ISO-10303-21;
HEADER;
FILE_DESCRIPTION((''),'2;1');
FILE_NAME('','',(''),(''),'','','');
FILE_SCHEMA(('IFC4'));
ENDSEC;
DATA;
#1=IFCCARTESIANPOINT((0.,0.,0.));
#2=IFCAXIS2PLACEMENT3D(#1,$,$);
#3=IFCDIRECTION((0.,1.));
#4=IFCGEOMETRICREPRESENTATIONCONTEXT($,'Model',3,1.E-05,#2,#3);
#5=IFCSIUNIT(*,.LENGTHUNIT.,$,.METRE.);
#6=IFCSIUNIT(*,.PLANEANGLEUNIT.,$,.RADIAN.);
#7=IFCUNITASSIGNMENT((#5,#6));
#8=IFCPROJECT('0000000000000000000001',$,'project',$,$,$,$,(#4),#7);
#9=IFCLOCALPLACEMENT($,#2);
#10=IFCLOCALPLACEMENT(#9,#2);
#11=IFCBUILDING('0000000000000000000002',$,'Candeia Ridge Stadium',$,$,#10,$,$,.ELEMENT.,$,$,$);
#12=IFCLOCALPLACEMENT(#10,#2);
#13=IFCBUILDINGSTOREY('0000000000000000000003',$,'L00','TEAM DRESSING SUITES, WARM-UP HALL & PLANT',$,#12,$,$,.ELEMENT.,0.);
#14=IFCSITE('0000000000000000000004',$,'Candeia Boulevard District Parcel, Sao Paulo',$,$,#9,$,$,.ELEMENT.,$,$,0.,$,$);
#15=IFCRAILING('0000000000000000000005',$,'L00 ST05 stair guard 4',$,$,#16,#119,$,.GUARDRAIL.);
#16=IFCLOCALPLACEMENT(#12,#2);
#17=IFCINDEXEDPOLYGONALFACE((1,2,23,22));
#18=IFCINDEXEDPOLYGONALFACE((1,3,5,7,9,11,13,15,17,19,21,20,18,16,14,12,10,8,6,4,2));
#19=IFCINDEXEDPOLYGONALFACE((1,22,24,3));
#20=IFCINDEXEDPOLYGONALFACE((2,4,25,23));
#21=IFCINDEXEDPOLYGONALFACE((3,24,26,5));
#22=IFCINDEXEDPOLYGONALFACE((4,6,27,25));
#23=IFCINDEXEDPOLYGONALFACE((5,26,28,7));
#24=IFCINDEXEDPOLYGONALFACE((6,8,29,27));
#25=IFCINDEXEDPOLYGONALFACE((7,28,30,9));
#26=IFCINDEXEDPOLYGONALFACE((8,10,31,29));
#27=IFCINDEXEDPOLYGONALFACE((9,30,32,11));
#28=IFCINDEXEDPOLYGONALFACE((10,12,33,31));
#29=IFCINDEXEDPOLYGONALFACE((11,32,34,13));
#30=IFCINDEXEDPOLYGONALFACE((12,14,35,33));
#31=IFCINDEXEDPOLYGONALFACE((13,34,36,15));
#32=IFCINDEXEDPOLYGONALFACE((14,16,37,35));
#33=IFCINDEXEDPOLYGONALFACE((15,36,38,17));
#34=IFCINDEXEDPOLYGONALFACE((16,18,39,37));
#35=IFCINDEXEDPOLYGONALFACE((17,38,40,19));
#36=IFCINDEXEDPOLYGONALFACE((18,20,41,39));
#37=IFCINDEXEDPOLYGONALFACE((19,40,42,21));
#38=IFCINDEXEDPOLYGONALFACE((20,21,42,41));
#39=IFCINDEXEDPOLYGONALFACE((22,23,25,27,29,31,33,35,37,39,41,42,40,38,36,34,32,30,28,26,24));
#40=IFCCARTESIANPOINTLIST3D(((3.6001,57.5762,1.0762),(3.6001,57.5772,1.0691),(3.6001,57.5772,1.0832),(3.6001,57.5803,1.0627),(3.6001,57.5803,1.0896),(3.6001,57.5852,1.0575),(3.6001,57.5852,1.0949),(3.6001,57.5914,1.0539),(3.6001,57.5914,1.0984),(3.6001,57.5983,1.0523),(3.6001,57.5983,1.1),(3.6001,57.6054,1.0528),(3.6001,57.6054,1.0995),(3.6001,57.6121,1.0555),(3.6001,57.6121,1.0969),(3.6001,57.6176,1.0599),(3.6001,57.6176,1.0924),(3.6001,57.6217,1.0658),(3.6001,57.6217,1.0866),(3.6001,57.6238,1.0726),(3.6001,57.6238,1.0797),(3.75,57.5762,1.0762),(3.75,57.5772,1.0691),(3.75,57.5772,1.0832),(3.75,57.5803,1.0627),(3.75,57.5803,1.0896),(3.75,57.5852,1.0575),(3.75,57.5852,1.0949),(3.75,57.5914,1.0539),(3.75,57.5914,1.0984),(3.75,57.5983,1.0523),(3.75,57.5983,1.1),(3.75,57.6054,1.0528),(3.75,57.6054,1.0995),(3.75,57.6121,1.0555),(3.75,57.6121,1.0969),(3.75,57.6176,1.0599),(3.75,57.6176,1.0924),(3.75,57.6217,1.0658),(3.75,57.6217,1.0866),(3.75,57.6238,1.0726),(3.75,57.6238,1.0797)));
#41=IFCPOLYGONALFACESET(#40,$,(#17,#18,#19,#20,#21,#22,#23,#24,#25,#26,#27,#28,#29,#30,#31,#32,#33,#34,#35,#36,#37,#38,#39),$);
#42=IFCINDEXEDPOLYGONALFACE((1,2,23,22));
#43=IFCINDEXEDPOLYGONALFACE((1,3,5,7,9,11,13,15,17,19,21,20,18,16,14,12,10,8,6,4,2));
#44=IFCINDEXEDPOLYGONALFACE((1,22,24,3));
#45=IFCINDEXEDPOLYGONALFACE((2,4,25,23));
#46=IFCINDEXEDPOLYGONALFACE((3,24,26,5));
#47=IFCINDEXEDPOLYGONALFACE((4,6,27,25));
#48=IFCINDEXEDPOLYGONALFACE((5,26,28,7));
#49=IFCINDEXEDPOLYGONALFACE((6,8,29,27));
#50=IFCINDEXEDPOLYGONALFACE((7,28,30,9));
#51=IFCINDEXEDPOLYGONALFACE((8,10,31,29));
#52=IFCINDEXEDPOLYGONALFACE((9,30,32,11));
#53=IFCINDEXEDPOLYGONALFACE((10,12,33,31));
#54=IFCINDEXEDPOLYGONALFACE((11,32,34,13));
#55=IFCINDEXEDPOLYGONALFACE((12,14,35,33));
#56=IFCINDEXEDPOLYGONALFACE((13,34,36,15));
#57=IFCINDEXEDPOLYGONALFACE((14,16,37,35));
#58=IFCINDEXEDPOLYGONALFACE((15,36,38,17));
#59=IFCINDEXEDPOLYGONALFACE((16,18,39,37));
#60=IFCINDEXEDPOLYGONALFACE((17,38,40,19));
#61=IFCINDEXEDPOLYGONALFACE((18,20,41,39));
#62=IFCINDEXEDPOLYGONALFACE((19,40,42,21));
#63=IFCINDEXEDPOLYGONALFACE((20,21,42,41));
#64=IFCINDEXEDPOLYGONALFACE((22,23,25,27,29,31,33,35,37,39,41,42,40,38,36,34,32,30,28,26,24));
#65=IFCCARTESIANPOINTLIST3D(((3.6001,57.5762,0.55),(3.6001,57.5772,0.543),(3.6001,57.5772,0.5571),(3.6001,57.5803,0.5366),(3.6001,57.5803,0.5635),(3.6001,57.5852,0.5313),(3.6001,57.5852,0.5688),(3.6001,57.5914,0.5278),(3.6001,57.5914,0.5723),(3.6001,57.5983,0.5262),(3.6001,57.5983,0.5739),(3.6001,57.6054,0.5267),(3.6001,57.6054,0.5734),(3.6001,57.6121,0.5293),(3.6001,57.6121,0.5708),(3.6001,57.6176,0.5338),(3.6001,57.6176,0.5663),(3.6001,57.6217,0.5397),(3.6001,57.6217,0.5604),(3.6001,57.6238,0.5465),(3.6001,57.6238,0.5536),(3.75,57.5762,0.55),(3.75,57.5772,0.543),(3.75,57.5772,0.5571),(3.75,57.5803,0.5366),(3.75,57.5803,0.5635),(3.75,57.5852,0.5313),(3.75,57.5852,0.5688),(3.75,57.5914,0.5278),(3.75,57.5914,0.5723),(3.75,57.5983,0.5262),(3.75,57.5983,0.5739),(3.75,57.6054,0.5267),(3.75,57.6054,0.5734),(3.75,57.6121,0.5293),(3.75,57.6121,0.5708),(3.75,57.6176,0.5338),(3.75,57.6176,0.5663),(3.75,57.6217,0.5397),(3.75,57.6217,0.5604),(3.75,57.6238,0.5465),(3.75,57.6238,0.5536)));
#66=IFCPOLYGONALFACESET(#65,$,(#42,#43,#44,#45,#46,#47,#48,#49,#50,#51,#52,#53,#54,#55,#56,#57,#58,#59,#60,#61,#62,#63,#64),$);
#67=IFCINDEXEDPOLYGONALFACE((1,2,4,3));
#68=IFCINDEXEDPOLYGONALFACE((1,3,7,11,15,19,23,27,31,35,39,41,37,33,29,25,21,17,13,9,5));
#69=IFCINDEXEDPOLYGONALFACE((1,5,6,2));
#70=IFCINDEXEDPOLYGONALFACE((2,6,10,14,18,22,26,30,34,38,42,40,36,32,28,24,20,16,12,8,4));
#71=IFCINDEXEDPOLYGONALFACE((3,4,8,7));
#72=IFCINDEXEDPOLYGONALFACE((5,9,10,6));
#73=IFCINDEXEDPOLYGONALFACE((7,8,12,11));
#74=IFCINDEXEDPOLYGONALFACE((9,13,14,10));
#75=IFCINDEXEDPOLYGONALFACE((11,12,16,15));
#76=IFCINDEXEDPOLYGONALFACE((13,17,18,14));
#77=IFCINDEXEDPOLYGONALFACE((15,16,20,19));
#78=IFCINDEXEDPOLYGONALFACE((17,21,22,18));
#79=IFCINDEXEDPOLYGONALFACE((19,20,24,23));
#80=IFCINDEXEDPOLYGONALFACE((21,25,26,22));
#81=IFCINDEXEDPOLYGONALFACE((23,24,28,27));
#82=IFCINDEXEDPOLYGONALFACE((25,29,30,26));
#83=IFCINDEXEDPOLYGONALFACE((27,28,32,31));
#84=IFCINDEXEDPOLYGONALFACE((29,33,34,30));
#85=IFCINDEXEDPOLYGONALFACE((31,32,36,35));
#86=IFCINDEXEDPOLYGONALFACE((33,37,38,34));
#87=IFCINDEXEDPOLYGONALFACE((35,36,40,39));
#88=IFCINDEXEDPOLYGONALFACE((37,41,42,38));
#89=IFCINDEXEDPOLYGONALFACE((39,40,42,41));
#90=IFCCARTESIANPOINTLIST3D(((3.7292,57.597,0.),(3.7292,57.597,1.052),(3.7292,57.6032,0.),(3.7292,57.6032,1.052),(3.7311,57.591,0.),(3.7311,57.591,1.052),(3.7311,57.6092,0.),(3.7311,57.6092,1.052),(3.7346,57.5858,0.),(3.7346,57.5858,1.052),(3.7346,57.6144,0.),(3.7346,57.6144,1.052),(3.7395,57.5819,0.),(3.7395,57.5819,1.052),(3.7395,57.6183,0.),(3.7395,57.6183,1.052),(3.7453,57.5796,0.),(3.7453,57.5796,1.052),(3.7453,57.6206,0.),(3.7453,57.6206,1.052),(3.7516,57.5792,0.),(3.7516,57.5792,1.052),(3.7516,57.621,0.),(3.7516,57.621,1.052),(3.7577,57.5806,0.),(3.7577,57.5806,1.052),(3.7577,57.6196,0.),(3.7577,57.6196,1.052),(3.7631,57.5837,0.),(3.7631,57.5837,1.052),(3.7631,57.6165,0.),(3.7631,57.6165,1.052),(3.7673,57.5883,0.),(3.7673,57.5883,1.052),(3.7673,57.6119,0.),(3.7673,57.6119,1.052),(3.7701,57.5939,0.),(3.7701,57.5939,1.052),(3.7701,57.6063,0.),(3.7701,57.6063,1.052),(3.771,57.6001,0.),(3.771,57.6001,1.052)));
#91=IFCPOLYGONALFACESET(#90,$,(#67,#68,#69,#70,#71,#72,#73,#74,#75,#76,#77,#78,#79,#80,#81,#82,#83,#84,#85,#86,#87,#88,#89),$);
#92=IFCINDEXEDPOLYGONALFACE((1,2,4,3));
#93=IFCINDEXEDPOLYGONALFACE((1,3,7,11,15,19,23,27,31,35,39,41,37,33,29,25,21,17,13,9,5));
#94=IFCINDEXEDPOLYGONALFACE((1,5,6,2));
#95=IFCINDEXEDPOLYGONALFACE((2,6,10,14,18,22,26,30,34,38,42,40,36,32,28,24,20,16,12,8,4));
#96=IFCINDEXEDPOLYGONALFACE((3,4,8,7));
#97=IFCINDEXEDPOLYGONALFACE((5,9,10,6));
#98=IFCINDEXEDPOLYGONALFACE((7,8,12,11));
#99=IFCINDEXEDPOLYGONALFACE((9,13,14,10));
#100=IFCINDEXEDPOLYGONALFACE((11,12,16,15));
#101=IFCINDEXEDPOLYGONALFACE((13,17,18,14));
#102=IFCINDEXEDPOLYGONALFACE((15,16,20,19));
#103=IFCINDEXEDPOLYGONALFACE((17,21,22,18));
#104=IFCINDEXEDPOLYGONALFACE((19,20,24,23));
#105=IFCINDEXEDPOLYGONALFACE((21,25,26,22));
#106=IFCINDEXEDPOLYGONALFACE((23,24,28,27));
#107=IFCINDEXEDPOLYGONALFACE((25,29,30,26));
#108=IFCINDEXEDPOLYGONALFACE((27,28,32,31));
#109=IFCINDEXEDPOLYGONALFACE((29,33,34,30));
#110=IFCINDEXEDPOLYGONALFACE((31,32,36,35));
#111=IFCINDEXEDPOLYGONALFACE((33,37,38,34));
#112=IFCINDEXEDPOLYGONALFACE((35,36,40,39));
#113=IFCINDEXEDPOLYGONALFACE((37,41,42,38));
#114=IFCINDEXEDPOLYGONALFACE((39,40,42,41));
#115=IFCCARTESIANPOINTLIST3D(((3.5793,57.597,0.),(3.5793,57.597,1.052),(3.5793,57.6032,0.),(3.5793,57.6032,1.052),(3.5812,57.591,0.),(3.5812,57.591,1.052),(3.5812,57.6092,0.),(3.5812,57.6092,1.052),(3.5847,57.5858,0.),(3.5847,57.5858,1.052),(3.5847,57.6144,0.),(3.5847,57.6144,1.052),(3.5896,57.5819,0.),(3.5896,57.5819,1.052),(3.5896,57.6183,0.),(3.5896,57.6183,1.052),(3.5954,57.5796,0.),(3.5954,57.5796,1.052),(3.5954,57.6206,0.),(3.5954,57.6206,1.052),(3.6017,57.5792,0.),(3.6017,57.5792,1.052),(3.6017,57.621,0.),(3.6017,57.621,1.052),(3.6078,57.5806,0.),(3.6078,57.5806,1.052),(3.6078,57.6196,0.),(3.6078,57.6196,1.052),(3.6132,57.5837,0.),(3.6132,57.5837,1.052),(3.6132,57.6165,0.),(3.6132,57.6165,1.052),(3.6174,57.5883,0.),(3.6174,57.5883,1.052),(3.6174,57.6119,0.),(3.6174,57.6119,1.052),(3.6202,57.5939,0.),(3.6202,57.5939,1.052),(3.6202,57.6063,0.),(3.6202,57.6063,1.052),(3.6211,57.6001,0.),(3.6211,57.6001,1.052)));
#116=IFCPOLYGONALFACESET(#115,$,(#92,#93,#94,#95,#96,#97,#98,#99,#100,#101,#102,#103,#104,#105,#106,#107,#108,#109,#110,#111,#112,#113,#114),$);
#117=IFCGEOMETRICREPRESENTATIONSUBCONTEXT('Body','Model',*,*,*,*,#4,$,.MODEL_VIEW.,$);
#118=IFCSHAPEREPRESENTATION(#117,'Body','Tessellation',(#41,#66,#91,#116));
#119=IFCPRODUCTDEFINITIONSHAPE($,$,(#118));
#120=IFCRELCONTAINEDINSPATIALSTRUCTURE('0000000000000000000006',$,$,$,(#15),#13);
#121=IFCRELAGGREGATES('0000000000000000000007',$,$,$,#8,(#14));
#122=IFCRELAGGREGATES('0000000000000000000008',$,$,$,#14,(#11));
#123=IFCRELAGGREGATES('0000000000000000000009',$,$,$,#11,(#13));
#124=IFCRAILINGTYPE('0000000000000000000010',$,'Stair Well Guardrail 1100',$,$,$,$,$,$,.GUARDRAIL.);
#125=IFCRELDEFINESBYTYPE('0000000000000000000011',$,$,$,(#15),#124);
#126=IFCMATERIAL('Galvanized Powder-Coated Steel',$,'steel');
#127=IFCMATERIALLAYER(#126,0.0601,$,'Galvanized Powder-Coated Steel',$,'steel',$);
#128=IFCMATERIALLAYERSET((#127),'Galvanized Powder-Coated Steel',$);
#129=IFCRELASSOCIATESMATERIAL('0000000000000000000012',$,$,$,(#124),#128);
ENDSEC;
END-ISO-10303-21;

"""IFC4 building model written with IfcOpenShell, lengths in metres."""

from ifc_helpers import new_model, si_unit, direction, frame, origin, origin_2d, place, context, subcontext, project, spatial, circle, extrude, material, layer, layer_set, type_object, element, save


model = new_model("IFC4")

# Units and contexts
model_context = context("Model", 3, precision=1e-05, world=origin(), true_north=direction((0.0, 1.0)))
body_context = subcontext(model_context, "Body", "Model", "MODEL_VIEW")
ifc_project = project(units=[si_unit("LENGTHUNIT", "METRE"), si_unit("PLANEANGLEUNIT", "RADIAN")], contexts=[model_context])

# Site, building, storey
site_placement = place(None, origin())
site = spatial("IfcSite", under=ifc_project, at=site_placement, Name="Candeia Boulevard District Parcel, Sao Paulo", CompositionType="ELEMENT", RefElevation=0.0)
building_placement = place(site_placement, origin())
building = spatial("IfcBuilding", under=site, at=building_placement, Name="Candeia Ridge Stadium", CompositionType="ELEMENT")
storey_placement = place(building_placement, origin())
storey = spatial("IfcBuildingStorey", under=building, at=storey_placement, Name="L00", Description="TEAM DRESSING SUITES, WARM-UP HALL & PLANT", CompositionType="ELEMENT", Elevation=0.0)

# Railing
ifc_material_1 = material(Name="Galvanized Powder-Coated Steel", Category="steel")
ifc_layer_1 = layer(ifc_material_1, 0.0601, Name="Galvanized Powder-Coated Steel", Category="steel")
ifc_layer_set_1 = layer_set([ifc_layer_1], Name="Galvanized Powder-Coated Steel")
railing_type_1 = type_object("IfcRailingType", Name="Stair Well Guardrail 1100", PredefinedType="GUARDRAIL", material=ifc_layer_set_1)
railing_1_placement = place(storey_placement, frame((3.75, 57.6001, 0.0)))
element("IfcRailing", 1, at=railing_1_placement, inside=storey, type_object=railing_type_1, Name="L00 ST05 stair guard 4", PredefinedType="GUARDRAIL", context=body_context, shape_type="SweptSolid", body=[
    extrude(circle(Radius=0.0239, at=origin_2d()), frame((0.0, 0.0, 1.0762), z_axis=(-1.0, 0.0, 0.0), x_axis=(0.0, -1.0, 0.0)), (0.0, 0.0, 1.0), 0.1499),
    extrude(circle(Radius=0.0239, at=origin_2d()), frame((0.0, 0.0, 0.55), z_axis=(-1.0, 0.0, 0.0), x_axis=(0.0, -1.0, 0.0)), (0.0, 0.0, 1.0), 0.1499),
    extrude(circle(Radius=0.021, at=origin_2d()), origin(), (0.0, 0.0, 1.0), 1.052),
    extrude(circle(Radius=0.021, at=origin_2d()), frame((-0.1499, 0.0, 0.0)), (0.0, 0.0, 1.0), 1.052),
])

save(model, "model.ifc")
